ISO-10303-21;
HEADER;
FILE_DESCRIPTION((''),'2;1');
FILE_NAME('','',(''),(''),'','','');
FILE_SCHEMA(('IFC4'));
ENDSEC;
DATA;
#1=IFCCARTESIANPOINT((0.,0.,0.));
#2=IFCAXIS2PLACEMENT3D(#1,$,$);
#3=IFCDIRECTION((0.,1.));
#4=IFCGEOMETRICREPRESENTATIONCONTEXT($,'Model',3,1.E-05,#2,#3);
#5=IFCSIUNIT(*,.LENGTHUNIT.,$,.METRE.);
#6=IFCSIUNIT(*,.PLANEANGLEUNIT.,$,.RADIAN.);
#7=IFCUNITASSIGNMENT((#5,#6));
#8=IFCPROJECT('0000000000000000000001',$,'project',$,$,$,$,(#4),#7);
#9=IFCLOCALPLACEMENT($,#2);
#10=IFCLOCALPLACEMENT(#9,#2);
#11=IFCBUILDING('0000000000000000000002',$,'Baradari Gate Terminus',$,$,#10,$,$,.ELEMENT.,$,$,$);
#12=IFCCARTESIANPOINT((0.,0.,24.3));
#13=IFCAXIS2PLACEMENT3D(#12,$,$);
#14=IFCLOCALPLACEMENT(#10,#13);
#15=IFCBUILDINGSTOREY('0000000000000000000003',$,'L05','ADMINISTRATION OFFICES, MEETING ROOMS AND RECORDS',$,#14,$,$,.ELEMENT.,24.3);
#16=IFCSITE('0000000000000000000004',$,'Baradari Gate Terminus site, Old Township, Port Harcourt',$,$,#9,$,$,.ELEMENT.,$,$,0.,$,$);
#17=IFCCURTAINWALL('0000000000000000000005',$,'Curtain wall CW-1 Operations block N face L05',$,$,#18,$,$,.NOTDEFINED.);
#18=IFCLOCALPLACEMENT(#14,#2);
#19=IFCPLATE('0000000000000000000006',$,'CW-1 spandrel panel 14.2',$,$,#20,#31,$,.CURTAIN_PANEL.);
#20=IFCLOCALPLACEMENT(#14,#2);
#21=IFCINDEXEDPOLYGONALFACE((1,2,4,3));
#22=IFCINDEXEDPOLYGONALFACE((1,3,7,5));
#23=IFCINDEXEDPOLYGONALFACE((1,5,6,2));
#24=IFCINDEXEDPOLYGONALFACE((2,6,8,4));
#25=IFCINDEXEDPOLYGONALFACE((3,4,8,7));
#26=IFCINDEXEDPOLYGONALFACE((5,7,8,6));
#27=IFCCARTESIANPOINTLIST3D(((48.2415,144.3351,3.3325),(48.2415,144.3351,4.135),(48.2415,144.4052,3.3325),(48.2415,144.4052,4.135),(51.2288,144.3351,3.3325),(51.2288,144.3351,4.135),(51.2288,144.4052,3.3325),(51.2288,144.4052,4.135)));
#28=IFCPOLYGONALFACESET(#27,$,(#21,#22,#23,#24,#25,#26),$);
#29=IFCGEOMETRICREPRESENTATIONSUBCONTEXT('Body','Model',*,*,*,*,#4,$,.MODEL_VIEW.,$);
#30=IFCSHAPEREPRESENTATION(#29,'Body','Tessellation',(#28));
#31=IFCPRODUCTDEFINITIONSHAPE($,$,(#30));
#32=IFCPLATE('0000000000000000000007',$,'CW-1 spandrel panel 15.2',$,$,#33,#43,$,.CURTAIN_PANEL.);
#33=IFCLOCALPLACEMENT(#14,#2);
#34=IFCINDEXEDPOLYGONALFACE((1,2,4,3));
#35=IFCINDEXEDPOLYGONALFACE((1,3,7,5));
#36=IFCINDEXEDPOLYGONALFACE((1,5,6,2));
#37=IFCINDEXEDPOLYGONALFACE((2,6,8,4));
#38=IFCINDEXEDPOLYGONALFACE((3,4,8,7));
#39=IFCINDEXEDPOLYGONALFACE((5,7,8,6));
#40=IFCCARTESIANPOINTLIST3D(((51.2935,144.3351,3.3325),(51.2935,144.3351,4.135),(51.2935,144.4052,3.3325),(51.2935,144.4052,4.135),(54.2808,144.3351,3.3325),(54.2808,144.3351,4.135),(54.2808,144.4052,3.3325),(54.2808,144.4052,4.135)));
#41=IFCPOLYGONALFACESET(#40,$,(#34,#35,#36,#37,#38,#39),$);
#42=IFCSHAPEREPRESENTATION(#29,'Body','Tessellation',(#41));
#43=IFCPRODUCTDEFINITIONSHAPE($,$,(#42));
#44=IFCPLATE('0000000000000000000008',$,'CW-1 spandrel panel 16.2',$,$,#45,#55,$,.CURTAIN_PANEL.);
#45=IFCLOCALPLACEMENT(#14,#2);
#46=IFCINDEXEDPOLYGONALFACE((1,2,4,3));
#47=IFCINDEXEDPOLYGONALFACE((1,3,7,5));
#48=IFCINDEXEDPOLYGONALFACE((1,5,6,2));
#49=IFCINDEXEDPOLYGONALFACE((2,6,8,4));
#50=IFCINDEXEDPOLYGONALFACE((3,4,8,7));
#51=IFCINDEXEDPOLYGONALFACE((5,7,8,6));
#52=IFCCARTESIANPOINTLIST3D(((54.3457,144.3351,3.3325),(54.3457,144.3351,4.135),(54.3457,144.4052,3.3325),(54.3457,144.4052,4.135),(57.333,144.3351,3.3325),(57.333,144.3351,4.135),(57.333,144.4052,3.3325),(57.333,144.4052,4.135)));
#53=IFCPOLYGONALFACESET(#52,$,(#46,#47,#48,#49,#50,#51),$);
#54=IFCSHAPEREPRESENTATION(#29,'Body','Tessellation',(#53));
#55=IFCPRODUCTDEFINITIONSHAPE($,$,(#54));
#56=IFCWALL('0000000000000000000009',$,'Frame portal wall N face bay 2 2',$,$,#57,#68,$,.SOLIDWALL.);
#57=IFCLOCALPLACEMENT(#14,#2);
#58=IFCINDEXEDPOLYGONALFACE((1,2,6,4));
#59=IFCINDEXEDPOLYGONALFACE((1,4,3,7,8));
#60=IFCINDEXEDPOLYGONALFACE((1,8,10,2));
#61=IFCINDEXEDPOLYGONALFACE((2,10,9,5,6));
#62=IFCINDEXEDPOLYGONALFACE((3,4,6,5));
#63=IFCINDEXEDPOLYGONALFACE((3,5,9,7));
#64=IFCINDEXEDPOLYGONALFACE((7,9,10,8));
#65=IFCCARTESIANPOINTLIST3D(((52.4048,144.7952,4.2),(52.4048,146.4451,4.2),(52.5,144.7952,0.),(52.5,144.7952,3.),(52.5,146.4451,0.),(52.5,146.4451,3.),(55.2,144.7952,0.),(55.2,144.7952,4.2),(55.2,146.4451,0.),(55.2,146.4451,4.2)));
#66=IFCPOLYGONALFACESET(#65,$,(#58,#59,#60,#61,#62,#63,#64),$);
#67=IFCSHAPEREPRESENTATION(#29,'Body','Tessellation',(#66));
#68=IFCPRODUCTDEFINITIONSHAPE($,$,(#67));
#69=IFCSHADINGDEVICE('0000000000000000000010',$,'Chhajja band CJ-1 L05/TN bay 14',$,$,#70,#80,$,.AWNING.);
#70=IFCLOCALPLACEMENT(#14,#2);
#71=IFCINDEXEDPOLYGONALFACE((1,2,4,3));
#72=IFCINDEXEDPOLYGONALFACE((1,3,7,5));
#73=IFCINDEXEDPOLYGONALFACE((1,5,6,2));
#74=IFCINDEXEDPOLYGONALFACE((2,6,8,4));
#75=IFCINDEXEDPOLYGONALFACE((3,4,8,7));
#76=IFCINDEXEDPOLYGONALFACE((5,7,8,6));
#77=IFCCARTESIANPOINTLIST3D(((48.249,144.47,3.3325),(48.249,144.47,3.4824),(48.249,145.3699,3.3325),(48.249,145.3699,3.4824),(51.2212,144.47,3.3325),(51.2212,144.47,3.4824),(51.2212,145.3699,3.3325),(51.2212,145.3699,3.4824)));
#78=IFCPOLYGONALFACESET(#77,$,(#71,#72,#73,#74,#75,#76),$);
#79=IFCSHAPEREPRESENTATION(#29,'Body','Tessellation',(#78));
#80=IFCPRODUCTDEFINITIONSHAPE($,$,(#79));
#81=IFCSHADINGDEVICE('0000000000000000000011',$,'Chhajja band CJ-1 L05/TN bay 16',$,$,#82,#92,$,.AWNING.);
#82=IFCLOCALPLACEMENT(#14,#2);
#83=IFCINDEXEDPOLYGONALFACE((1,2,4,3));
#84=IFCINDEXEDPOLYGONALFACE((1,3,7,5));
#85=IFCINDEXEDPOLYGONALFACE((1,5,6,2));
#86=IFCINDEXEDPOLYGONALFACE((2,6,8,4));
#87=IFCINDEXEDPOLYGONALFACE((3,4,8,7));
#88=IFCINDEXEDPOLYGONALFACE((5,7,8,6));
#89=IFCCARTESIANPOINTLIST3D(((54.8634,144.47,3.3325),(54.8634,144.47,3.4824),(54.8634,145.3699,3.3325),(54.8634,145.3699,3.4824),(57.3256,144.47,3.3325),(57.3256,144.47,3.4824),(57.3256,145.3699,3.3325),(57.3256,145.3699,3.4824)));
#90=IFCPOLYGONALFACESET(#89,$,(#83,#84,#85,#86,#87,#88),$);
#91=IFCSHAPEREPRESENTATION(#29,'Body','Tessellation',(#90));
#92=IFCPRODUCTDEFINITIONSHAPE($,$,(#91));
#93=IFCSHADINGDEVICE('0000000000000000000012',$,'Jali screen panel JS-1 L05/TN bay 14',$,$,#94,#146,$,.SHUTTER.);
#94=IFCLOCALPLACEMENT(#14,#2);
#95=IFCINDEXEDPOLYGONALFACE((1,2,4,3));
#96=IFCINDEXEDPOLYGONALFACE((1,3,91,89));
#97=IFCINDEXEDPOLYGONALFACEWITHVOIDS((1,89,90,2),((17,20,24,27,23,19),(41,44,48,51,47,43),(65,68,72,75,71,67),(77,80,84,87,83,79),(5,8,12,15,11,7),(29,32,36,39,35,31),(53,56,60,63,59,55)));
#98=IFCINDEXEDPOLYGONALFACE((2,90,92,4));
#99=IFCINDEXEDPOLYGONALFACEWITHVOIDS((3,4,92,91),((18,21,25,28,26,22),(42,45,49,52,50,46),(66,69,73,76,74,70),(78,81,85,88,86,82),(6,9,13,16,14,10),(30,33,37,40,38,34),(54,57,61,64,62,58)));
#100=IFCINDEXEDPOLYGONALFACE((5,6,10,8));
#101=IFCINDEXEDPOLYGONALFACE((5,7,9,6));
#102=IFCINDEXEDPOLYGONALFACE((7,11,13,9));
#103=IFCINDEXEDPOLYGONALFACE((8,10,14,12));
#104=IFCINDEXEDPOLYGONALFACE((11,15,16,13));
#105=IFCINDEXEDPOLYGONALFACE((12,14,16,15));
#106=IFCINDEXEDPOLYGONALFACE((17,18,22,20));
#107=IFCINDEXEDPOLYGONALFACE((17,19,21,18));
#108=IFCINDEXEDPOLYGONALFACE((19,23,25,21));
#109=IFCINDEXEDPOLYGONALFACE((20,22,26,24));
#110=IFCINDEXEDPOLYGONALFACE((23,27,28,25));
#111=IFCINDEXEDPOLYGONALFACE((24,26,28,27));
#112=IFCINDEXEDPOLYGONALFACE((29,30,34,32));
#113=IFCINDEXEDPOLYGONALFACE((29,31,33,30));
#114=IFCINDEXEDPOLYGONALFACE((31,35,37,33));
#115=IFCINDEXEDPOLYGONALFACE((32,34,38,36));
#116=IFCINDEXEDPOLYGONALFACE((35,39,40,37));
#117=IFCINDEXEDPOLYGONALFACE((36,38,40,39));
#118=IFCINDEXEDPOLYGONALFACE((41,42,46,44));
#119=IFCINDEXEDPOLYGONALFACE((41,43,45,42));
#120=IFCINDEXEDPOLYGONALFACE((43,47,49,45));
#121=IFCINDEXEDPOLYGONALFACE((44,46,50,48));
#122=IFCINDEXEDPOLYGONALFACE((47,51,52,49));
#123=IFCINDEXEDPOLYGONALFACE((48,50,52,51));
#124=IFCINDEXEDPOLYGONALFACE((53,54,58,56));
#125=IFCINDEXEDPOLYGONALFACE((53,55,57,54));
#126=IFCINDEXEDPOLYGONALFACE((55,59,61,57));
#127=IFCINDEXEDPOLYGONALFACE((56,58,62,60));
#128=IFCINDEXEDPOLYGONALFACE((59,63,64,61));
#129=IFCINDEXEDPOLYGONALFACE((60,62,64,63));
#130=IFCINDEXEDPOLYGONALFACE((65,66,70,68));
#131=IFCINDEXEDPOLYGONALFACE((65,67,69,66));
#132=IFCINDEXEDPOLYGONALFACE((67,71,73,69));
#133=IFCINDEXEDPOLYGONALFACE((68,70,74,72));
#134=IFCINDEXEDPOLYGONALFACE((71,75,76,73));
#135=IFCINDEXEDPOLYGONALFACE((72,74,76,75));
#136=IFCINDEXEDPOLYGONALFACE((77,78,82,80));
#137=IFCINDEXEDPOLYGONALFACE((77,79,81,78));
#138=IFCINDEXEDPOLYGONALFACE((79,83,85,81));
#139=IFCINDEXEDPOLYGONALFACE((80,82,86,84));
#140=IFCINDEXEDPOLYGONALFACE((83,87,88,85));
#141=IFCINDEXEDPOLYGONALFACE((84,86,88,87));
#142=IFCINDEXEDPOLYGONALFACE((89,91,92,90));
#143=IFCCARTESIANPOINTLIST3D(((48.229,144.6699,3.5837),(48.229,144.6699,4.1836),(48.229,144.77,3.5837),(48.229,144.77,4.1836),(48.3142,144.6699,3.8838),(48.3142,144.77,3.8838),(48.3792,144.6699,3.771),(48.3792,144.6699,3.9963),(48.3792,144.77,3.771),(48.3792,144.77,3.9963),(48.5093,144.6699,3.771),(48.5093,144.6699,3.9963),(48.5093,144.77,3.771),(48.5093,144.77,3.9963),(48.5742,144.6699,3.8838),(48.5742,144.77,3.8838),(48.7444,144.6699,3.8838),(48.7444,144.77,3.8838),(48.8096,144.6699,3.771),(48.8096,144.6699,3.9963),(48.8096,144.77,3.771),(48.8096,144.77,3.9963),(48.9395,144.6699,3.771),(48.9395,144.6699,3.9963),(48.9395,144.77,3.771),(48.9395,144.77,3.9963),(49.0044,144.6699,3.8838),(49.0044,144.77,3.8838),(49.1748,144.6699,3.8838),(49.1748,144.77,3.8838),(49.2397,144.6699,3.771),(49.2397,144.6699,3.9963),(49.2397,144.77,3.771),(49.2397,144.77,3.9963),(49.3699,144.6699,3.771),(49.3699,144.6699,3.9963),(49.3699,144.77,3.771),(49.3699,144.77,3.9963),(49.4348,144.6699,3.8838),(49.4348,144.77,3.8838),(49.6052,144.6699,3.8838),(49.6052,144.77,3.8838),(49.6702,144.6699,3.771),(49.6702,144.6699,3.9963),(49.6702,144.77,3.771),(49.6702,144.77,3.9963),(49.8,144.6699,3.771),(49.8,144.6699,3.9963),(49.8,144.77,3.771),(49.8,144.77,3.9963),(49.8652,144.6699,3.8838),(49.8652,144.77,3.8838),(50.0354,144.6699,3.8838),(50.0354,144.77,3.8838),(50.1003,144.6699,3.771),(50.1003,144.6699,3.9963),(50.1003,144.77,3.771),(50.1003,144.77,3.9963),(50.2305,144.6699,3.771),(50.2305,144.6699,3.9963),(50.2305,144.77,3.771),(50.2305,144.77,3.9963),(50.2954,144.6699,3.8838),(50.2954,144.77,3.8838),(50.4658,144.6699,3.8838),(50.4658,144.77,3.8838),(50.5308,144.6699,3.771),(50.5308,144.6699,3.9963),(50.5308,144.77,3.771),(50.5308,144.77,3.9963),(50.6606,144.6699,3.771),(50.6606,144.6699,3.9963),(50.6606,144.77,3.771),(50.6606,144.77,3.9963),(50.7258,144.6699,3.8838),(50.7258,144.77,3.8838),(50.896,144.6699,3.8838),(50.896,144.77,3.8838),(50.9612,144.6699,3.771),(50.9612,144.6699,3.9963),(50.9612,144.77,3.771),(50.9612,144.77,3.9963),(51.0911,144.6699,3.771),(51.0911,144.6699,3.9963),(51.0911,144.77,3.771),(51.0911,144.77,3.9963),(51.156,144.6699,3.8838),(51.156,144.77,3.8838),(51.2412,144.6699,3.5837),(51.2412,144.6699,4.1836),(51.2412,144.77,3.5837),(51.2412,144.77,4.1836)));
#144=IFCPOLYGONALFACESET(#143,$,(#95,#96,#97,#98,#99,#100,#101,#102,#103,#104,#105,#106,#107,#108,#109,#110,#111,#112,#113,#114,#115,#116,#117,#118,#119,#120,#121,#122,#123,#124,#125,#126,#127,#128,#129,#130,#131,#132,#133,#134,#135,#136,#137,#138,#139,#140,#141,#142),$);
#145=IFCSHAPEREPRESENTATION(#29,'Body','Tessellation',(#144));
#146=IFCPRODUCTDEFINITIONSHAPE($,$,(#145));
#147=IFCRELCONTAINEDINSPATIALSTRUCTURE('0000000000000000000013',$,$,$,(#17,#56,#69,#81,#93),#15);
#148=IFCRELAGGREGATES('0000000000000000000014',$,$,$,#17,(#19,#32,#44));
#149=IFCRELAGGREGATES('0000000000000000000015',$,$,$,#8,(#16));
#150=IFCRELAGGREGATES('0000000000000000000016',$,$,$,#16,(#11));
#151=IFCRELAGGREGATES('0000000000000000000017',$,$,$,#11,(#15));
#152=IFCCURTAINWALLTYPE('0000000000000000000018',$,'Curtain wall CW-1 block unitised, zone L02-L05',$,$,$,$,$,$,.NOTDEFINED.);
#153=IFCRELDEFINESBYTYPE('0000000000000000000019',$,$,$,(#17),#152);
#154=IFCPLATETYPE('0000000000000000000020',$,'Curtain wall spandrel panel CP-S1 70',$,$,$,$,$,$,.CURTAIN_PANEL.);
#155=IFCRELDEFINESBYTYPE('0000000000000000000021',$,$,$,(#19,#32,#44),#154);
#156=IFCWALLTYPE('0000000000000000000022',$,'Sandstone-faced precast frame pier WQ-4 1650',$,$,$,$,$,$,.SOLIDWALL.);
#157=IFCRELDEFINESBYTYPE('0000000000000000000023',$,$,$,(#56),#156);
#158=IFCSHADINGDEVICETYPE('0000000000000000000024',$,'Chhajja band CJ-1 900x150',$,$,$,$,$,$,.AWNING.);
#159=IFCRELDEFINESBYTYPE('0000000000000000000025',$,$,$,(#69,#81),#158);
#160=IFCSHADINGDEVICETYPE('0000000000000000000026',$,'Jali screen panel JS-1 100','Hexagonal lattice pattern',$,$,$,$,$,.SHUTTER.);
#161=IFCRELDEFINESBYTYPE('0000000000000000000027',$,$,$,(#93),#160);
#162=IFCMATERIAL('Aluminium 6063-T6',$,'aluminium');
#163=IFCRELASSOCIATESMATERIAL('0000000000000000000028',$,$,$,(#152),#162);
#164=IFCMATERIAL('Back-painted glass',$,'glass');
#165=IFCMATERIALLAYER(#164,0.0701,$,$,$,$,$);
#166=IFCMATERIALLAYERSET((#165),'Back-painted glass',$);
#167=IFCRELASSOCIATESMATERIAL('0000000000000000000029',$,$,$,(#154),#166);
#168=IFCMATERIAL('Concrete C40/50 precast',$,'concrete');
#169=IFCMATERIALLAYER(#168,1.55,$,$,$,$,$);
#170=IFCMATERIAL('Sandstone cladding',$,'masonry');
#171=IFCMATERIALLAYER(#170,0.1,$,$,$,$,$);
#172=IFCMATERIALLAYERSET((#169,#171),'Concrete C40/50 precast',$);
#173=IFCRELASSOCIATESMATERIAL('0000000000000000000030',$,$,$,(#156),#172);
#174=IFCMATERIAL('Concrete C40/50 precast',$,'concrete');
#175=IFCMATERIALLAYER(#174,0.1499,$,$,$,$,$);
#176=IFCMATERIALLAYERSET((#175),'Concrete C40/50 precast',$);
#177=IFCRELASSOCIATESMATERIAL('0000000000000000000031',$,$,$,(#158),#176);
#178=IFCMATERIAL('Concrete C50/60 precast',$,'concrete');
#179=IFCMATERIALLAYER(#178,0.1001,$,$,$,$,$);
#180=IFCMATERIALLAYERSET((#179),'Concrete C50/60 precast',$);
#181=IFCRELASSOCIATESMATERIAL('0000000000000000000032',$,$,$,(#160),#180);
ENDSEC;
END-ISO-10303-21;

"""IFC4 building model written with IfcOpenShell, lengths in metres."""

from ifc_helpers import new_model, si_unit, direction, frame, origin, origin_2d, place, context, subcontext, project, spatial, polyline, rectangle, outline, extrude, material, layer, layer_set, type_object, element, aggregate, save


model = new_model("IFC4")

# Units and contexts
model_context = context("Model", 3, precision=1e-05, world=origin(), true_north=direction((0.0, 1.0)))
body_context = subcontext(model_context, "Body", "Model", "MODEL_VIEW")
ifc_project = project(units=[si_unit("LENGTHUNIT", "METRE"), si_unit("PLANEANGLEUNIT", "RADIAN")], contexts=[model_context])

# Site, building, storey
site_placement = place(None, origin())
site = spatial("IfcSite", under=ifc_project, at=site_placement, Name="Baradari Gate Terminus site, Old Township, Port Harcourt", CompositionType="ELEMENT", RefElevation=0.0)
building_placement = place(site_placement, origin())
building = spatial("IfcBuilding", under=site, at=building_placement, Name="Baradari Gate Terminus", CompositionType="ELEMENT")
storey_placement = place(building_placement, frame((0.0, 0.0, 24.3)))
storey = spatial("IfcBuildingStorey", under=building, at=storey_placement, Name="L05", Description="ADMINISTRATION OFFICES, MEETING ROOMS AND RECORDS", CompositionType="ELEMENT", Elevation=24.3)

# Curtain wall, plates
ifc_material_1 = material(Name="Aluminium 6063-T6", Category="aluminium")
curtain_wall_type = type_object("IfcCurtainWallType", Name="Curtain wall CW-1 block unitised, zone L02-L05", PredefinedType="NOTDEFINED", material=ifc_material_1)
curtain_wall_placement = place(storey_placement, origin())
curtain_wall = element("IfcCurtainWall", 1, at=curtain_wall_placement, inside=storey, type_object=curtain_wall_type, Name="Curtain wall CW-1 Operations block N face L05", PredefinedType="NOTDEFINED")
ifc_material_2 = material(Name="Back-painted glass", Category="glass")
ifc_layer_1 = layer(ifc_material_2, 0.0701)
ifc_layer_set_1 = layer_set([ifc_layer_1], Name="Back-painted glass")
plate_type_1 = type_object("IfcPlateType", Name="Curtain wall spandrel panel CP-S1 70", PredefinedType="CURTAIN_PANEL", material=ifc_layer_set_1)
plate_1_placement = place(storey_placement, frame((49.7351, 144.3701, 3.3325), z_axis=(0.0, 0.0, 1.0), x_axis=(1.0, 0.0, 0.0)))
plate_1 = element("IfcPlate", 2, at=plate_1_placement, type_object=plate_type_1, Name="CW-1 spandrel panel 14.2", PredefinedType="CURTAIN_PANEL", context=body_context, shape_type="SweptSolid", body=[
    extrude(rectangle(XDim=2.9873, YDim=0.0701, at=origin_2d()), origin(), (0.0, 0.0, 1.0), 0.8025),
])
plate_2_placement = place(storey_placement, frame((52.7871, 144.3701, 3.3325), z_axis=(0.0, 0.0, 1.0), x_axis=(1.0, 0.0, 0.0)))
plate_2 = element("IfcPlate", 3, at=plate_2_placement, type_object=plate_type_1, Name="CW-1 spandrel panel 15.2", PredefinedType="CURTAIN_PANEL", context=body_context, shape_type="SweptSolid", body=[
    extrude(rectangle(XDim=2.9873, YDim=0.0701, at=origin_2d()), origin(), (0.0, 0.0, 1.0), 0.8025),
])
plate_3_placement = place(storey_placement, frame((55.8394, 144.3701, 3.3325), z_axis=(0.0, 0.0, 1.0), x_axis=(1.0, 0.0, 0.0)))
plate_3 = element("IfcPlate", 4, at=plate_3_placement, type_object=plate_type_1, Name="CW-1 spandrel panel 16.2", PredefinedType="CURTAIN_PANEL", context=body_context, shape_type="SweptSolid", body=[
    extrude(rectangle(XDim=2.9873, YDim=0.0701, at=origin_2d()), origin(), (0.0, 0.0, 1.0), 0.8025),
])
aggregate(curtain_wall, [plate_1, plate_2, plate_3])

# Wall
ifc_material_3 = material(Name="Concrete C40/50 precast", Category="concrete")
ifc_layer_2 = layer(ifc_material_3, 1.55)
ifc_material_4 = material(Name="Sandstone cladding", Category="masonry")
ifc_layer_3 = layer(ifc_material_4, 0.1)
ifc_layer_set_2 = layer_set([ifc_layer_2, ifc_layer_3], Name="Concrete C40/50 precast")
wall_type = type_object("IfcWallType", Name="Sandstone-faced precast frame pier WQ-4 1650", PredefinedType="SOLIDWALL", material=ifc_layer_set_2)
wall_placement = place(storey_placement, frame((52.4048, 145.6201, 0.0), z_axis=(0.0, 0.0, 1.0), x_axis=(1.0, 0.0, 0.0)))
element("IfcWall", 5, at=wall_placement, inside=storey, type_object=wall_type, Name="Frame portal wall N face bay 2 2", PredefinedType="SOLIDWALL", context=body_context, shape_type="SweptSolid", body=[
    extrude(outline(polyline([(0.0, 4.2), (0.0952, 3.0), (0.0952, 0.0), (2.7952, 0.0), (2.7952, 4.2), (0.0, 4.2)])), frame((0.0, 0.825, 0.0), z_axis=(0.0, -1.0, 0.0), x_axis=(1.0, 0.0, 0.0)), (0.0, 0.0, 1.0), 1.6499),
])

# Shading devices
ifc_material_5 = material(Name="Concrete C40/50 precast", Category="concrete")
ifc_layer_4 = layer(ifc_material_5, 0.1499)
ifc_layer_set_3 = layer_set([ifc_layer_4], Name="Concrete C40/50 precast")
shading_device_type_1 = type_object("IfcShadingDeviceType", Name="Chhajja band CJ-1 900x150", PredefinedType="AWNING", material=ifc_layer_set_3)
shading_device_1_placement = place(storey_placement, frame((49.7351, 144.9199, 3.3325), z_axis=(0.0, 0.0, 1.0), x_axis=(1.0, 0.0, 0.0)))
element("IfcShadingDevice", 6, at=shading_device_1_placement, inside=storey, type_object=shading_device_type_1, Name="Chhajja band CJ-1 L05/TN bay 14", PredefinedType="AWNING", context=body_context, shape_type="SweptSolid", body=[
    extrude(rectangle(XDim=2.9722, YDim=0.8999, at=origin_2d()), origin(), (0.0, 0.0, 1.0), 0.1499),
])
shading_device_2_placement = place(storey_placement, frame((56.0945, 144.9199, 3.3325), z_axis=(0.0, 0.0, 1.0), x_axis=(1.0, 0.0, 0.0)))
element("IfcShadingDevice", 7, at=shading_device_2_placement, inside=storey, type_object=shading_device_type_1, Name="Chhajja band CJ-1 L05/TN bay 16", PredefinedType="AWNING", context=body_context, shape_type="SweptSolid", body=[
    extrude(rectangle(XDim=2.4622, YDim=0.8999, at=origin_2d()), origin(), (0.0, 0.0, 1.0), 0.1499),
])
ifc_material_6 = material(Name="Concrete C50/60 precast", Category="concrete")
ifc_layer_5 = layer(ifc_material_6, 0.1001)
ifc_layer_set_4 = layer_set([ifc_layer_5], Name="Concrete C50/60 precast")
shading_device_type_2 = type_object("IfcShadingDeviceType", Name="Jali screen panel JS-1 100", Description="Hexagonal lattice pattern", PredefinedType="SHUTTER", material=ifc_layer_set_4)
shading_device_3_placement = place(storey_placement, frame((48.229, 144.72, 3.5837), z_axis=(0.0, 0.0, 1.0), x_axis=(1.0, 0.0, 0.0)))
element("IfcShadingDevice", 8, at=shading_device_3_placement, inside=storey, type_object=shading_device_type_2, Name="Jali screen panel JS-1 L05/TN bay 14", PredefinedType="SHUTTER", context=body_context, shape_type="SweptSolid", body=[
    extrude(outline(polyline([(0.0, 0.0), (3.0122, 0.0), (3.0122, 0.5999), (0.0, 0.5999), (0.0, 0.0)]), holes=[polyline([(0.3452, 0.3), (0.2803, 0.1873), (0.1501, 0.1873), (0.0852, 0.3), (0.1501, 0.4126), (0.2803, 0.4126), (0.3452, 0.3)]), polyline([(0.7754, 0.3), (0.7104, 0.1873), (0.5806, 0.1873), (0.5154, 0.3), (0.5806, 0.4126), (0.7104, 0.4126), (0.7754, 0.3)]), polyline([(1.2058, 0.3), (1.1409, 0.1873), (1.0107, 0.1873), (0.9458, 0.3), (1.0107, 0.4126), (1.1409, 0.4126), (1.2058, 0.3)]), polyline([(1.6362, 0.3), (1.571, 0.1873), (1.4412, 0.1873), (1.3762, 0.3), (1.4412, 0.4126), (1.571, 0.4126), (1.6362, 0.3)]), polyline([(2.0664, 0.3), (2.0015, 0.1873), (1.8713, 0.1873), (1.8064, 0.3), (1.8713, 0.4126), (2.0015, 0.4126), (2.0664, 0.3)]), polyline([(2.4968, 0.3), (2.4316, 0.1873), (2.3018, 0.1873), (2.2368, 0.3), (2.3018, 0.4126), (2.4316, 0.4126), (2.4968, 0.3)]), polyline([(2.927, 0.3), (2.8621, 0.1873), (2.7322, 0.1873), (2.667, 0.3), (2.7322, 0.4126), (2.8621, 0.4126), (2.927, 0.3)])]), frame((0.0, 0.05, 0.0), z_axis=(0.0, -1.0, 0.0), x_axis=(1.0, 0.0, 0.0)), (0.0, 0.0, 1.0), 0.1001),
])

save(model, "model.ifc")
